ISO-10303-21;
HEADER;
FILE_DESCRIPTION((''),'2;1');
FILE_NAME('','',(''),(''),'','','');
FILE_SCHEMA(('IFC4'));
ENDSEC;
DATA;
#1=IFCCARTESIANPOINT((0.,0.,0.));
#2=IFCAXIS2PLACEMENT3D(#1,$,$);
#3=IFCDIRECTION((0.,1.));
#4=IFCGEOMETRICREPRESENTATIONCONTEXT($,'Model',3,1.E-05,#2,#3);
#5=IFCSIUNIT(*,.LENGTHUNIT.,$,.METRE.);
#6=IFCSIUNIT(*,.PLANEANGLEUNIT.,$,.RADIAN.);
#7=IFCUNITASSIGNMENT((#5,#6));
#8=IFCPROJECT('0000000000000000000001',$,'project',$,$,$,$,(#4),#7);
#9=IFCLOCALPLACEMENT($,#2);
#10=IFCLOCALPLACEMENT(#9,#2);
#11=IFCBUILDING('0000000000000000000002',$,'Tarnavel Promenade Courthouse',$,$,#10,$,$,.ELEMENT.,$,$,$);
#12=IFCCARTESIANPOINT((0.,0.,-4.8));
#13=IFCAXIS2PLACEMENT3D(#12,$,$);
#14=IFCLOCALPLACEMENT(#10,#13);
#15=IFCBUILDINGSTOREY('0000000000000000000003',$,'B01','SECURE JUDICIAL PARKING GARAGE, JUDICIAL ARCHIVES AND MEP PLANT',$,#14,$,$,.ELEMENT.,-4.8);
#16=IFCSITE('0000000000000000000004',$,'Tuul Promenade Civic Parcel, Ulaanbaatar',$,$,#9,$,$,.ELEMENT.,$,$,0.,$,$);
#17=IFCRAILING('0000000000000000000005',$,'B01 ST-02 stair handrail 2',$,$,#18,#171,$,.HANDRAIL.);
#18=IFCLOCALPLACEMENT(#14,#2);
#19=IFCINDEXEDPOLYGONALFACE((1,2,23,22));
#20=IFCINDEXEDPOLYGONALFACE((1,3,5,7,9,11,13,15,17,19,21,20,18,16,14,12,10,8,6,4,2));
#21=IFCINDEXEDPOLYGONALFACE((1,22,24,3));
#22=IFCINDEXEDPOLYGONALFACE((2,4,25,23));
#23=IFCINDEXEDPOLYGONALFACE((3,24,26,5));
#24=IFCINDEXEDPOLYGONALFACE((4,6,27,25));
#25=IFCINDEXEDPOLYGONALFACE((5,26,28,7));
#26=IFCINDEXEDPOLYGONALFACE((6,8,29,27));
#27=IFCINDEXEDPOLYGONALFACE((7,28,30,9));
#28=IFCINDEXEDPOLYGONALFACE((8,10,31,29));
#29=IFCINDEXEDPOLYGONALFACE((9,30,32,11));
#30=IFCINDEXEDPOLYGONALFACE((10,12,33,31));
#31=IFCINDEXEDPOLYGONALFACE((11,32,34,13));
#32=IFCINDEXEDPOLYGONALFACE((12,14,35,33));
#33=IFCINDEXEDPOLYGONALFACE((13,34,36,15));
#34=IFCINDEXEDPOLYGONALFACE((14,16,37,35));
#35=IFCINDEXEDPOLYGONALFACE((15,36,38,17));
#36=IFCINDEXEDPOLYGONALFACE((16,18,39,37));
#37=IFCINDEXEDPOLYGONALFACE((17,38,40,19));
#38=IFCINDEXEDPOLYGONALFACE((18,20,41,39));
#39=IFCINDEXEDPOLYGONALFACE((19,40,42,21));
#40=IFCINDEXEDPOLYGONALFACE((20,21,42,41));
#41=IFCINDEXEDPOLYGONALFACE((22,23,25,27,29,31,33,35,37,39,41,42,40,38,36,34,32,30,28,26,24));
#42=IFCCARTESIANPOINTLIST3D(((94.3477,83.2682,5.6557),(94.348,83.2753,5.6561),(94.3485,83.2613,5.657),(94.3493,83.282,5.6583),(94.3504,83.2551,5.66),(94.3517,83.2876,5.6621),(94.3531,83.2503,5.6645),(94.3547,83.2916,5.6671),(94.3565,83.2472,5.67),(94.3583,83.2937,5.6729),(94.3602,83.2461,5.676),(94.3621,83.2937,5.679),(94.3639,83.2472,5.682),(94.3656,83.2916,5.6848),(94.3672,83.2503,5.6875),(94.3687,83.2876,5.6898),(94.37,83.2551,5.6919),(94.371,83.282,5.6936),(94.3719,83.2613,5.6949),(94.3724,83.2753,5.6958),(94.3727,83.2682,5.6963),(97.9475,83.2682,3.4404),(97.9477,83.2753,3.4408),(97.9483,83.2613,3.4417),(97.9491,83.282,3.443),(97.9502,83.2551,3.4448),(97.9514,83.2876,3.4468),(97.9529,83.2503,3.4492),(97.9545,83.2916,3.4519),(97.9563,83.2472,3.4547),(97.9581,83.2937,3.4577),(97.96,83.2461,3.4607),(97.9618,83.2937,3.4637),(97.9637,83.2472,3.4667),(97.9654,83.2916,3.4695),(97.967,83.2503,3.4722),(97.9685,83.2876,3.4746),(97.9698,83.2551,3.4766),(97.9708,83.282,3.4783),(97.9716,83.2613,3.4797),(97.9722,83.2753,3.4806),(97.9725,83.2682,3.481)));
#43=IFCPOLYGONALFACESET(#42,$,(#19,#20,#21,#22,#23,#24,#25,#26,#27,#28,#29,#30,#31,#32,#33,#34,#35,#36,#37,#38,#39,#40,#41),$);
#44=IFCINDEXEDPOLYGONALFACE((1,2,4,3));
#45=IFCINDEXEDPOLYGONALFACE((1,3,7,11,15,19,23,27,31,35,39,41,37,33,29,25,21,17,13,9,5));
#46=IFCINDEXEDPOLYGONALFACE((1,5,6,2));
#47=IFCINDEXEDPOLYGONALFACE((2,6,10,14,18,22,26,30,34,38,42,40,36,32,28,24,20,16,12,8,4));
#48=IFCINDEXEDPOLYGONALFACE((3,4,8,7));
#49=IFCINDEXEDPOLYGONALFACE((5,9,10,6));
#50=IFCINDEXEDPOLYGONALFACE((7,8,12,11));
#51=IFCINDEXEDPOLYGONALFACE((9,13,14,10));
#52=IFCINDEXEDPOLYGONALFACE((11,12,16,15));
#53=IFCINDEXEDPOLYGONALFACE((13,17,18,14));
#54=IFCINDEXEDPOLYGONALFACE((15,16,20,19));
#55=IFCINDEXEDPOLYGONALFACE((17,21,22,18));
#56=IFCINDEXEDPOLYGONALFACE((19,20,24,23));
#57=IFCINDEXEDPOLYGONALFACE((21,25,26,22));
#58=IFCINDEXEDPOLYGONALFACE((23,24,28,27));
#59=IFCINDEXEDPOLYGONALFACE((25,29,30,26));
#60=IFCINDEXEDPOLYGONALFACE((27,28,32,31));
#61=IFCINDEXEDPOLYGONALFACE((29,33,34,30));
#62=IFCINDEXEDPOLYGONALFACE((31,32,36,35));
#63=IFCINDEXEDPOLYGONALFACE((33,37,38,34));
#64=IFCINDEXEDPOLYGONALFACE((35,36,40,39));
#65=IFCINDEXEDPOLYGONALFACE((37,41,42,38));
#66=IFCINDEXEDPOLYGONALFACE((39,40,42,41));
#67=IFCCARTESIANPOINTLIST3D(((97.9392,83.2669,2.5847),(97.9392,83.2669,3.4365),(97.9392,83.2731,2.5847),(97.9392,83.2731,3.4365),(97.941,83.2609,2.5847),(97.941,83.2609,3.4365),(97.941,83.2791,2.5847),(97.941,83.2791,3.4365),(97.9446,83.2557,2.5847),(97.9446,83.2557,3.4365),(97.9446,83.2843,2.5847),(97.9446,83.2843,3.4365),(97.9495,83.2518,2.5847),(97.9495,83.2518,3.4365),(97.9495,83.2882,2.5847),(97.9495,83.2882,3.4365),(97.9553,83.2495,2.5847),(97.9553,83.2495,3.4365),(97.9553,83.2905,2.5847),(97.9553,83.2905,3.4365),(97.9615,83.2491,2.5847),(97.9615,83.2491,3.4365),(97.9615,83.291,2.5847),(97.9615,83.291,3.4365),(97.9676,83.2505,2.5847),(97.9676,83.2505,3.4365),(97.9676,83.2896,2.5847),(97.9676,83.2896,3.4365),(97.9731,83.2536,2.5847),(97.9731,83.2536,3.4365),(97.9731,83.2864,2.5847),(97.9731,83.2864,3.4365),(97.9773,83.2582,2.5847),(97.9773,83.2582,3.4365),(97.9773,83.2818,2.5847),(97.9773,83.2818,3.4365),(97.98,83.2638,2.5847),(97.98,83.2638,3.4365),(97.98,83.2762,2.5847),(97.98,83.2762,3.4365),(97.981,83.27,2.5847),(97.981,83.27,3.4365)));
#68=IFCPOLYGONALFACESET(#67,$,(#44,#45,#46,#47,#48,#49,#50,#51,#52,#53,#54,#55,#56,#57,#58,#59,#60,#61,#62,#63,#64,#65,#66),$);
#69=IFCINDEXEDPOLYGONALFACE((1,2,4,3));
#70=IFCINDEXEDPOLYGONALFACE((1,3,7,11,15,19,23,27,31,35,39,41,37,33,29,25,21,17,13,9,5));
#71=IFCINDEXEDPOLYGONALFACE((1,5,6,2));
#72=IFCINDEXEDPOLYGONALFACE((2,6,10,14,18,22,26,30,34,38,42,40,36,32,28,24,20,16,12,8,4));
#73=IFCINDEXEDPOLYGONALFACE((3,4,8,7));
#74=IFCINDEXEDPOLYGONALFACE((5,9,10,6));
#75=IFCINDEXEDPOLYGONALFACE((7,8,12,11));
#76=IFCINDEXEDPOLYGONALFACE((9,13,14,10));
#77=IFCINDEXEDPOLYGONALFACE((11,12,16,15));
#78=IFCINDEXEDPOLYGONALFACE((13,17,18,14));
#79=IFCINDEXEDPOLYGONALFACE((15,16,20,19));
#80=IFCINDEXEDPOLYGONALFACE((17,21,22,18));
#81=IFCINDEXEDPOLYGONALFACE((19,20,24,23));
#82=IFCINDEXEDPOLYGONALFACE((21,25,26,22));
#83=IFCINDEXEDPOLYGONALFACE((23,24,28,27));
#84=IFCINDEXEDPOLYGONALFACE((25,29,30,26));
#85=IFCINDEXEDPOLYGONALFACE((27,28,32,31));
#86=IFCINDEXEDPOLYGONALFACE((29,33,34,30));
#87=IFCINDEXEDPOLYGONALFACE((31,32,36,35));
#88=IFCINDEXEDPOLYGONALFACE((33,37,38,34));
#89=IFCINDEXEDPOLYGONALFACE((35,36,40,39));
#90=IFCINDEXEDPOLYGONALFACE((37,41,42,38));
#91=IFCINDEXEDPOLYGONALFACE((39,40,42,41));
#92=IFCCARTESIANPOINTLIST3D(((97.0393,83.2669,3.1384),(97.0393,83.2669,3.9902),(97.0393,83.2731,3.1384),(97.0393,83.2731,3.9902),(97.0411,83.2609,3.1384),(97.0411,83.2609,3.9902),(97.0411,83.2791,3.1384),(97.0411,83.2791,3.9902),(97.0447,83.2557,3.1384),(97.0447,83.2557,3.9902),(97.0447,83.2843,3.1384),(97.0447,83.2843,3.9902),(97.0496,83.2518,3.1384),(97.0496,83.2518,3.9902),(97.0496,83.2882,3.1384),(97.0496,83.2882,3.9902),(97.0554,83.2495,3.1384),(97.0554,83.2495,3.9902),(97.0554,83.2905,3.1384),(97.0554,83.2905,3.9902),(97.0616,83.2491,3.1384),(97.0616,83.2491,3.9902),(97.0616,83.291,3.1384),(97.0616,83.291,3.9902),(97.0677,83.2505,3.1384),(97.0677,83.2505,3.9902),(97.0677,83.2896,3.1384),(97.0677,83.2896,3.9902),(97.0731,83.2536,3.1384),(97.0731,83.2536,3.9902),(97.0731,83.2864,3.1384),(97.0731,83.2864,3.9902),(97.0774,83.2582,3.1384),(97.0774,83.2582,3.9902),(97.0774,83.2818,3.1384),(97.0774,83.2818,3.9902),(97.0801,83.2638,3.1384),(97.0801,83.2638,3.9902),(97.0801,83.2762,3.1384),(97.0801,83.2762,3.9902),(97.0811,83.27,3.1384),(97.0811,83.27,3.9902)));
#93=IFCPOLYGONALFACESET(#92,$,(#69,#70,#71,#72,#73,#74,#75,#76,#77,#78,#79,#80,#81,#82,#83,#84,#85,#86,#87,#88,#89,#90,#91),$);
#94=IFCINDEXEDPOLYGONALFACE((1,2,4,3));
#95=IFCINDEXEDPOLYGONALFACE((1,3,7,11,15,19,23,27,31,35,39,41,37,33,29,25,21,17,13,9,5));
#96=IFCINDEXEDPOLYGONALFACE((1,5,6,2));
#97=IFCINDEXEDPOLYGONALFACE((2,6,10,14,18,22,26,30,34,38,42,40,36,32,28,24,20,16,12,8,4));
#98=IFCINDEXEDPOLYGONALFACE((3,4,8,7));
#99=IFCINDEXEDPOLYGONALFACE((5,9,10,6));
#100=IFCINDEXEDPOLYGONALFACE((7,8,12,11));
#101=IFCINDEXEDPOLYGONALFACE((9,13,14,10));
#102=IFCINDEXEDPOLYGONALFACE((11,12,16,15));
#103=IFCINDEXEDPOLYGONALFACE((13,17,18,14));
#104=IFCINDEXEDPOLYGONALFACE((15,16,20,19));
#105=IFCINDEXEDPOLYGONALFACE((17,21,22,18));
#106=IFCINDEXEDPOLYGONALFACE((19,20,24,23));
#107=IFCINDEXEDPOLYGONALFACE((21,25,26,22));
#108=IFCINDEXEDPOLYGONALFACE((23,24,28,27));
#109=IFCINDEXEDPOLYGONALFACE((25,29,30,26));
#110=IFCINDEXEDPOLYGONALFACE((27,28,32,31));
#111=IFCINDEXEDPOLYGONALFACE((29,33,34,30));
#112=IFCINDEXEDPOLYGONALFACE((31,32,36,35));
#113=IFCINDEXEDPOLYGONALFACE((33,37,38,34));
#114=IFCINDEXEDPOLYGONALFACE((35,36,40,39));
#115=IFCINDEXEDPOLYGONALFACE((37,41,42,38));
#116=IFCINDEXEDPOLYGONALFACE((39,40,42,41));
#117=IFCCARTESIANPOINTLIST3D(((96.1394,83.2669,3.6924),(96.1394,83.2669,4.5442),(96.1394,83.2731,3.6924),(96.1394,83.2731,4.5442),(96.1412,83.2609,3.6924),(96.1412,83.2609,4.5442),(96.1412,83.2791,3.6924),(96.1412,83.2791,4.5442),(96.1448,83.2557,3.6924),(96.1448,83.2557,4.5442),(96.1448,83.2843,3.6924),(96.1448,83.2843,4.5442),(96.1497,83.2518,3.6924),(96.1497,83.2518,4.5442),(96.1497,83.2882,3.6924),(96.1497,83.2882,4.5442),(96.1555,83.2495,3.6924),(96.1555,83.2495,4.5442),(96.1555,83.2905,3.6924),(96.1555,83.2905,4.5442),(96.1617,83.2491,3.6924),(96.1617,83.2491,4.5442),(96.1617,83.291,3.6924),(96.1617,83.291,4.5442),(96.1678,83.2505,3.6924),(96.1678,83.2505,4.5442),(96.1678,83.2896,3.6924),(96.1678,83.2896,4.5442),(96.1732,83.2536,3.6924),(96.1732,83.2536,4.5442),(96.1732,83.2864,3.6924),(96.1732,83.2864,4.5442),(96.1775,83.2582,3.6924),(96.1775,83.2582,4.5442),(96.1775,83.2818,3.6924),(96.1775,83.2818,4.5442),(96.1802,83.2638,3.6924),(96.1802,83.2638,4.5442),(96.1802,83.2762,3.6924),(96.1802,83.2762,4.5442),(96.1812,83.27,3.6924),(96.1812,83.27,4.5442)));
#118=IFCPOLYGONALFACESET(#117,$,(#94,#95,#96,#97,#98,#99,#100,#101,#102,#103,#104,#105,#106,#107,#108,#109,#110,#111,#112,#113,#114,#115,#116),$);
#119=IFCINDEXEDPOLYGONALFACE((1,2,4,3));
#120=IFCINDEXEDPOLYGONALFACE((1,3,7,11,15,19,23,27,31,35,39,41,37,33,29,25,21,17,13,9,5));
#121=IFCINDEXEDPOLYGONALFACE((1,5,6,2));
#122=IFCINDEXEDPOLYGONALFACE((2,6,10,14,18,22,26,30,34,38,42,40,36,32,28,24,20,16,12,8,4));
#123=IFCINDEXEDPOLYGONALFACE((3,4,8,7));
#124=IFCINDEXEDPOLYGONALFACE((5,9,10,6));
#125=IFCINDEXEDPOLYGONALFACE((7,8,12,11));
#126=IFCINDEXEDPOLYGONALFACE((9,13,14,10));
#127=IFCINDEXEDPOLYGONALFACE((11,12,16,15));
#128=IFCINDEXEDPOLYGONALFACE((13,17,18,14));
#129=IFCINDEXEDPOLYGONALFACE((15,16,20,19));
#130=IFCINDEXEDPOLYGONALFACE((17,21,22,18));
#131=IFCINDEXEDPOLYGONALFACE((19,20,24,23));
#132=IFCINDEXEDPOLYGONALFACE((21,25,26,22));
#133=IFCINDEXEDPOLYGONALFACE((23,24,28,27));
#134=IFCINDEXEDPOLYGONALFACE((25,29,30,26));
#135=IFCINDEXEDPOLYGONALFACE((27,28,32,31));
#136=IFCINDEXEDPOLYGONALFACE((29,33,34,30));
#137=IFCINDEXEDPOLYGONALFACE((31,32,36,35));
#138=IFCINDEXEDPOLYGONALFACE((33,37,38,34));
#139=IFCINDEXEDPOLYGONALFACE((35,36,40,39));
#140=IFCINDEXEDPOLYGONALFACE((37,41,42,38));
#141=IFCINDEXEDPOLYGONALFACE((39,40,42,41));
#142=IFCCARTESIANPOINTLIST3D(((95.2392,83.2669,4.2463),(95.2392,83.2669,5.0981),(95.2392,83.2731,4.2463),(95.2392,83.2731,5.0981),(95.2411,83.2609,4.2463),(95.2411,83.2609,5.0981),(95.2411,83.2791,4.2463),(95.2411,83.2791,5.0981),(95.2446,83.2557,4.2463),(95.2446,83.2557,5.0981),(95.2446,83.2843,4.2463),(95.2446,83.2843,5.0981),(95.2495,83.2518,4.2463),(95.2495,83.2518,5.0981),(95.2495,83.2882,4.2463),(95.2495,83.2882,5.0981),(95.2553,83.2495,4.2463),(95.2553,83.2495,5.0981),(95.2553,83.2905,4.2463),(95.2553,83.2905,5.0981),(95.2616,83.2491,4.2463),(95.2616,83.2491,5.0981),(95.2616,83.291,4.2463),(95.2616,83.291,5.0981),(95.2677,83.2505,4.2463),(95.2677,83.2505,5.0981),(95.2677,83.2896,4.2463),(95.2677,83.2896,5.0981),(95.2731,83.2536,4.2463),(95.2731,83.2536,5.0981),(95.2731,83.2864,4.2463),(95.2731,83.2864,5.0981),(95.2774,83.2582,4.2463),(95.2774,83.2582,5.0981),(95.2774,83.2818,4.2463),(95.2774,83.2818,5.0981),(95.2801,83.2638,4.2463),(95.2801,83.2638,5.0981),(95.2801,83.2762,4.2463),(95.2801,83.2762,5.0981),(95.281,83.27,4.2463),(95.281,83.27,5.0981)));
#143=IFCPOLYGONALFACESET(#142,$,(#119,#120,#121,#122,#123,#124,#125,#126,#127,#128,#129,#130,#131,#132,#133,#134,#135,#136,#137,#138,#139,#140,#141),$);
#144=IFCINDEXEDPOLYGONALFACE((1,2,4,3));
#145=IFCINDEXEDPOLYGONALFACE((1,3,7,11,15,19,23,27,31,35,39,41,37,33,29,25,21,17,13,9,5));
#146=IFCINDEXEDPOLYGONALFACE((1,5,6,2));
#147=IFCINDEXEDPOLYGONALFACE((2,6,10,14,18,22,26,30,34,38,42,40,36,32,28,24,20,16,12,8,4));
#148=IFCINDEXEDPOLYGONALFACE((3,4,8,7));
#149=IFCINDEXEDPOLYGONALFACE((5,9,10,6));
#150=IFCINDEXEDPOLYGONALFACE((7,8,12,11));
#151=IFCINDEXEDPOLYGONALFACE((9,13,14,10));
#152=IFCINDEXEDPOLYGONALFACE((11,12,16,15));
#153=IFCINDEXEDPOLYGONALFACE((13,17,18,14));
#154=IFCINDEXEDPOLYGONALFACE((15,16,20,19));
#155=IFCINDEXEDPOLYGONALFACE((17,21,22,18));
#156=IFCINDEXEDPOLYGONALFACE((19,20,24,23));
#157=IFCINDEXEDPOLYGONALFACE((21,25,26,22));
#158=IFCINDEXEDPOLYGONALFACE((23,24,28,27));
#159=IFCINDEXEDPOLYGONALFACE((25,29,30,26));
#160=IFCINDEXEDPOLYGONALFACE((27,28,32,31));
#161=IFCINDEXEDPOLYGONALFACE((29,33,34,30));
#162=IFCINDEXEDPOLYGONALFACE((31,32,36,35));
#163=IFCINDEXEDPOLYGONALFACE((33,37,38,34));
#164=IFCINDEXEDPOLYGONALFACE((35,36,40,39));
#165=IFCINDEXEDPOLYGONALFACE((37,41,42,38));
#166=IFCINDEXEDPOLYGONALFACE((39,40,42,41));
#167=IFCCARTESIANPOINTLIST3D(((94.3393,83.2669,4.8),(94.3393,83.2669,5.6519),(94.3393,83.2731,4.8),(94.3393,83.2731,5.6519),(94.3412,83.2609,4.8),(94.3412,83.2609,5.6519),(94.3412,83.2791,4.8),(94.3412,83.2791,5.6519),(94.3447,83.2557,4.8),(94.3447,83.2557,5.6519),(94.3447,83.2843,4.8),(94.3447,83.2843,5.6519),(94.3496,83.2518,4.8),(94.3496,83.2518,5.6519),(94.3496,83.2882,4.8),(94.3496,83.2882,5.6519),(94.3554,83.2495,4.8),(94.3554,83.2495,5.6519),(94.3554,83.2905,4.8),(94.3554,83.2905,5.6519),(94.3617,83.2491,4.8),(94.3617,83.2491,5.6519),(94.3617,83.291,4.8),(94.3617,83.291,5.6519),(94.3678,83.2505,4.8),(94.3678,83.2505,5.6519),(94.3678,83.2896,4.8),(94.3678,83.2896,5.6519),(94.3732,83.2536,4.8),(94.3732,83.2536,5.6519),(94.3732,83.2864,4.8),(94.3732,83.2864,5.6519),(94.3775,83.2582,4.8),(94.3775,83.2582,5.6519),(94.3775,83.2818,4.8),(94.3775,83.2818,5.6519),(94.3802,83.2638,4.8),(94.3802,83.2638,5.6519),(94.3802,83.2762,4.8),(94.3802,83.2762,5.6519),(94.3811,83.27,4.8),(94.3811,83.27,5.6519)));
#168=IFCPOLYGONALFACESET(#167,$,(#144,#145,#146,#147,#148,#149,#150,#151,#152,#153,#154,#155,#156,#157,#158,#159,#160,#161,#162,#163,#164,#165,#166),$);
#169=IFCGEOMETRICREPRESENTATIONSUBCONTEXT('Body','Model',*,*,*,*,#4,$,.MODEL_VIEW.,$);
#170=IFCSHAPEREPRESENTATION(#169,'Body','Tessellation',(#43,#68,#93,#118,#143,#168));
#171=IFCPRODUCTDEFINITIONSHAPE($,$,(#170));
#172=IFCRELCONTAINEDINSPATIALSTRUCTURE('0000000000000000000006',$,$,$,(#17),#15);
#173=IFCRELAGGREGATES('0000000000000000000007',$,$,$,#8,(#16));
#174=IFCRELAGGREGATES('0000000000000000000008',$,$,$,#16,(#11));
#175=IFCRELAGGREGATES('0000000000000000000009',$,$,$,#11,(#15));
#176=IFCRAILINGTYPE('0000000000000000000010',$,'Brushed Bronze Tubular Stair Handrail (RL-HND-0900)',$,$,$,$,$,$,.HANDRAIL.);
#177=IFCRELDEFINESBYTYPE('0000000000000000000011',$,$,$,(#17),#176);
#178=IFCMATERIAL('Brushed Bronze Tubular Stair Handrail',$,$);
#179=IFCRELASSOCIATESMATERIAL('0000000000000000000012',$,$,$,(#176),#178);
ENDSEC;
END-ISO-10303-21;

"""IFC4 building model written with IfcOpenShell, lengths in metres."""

from ifc_helpers import new_model, si_unit, direction, frame, origin, origin_2d, place, context, subcontext, project, spatial, circle, extrude, material, type_object, element, save


model = new_model("IFC4")

# Units and contexts
model_context = context("Model", 3, precision=1e-05, world=origin(), true_north=direction((0.0, 1.0)))
body_context = subcontext(model_context, "Body", "Model", "MODEL_VIEW")
ifc_project = project(units=[si_unit("LENGTHUNIT", "METRE"), si_unit("PLANEANGLEUNIT", "RADIAN")], contexts=[model_context])

# Site, building, storey
site_placement = place(None, origin())
site = spatial("IfcSite", under=ifc_project, at=site_placement, Name="Tuul Promenade Civic Parcel, Ulaanbaatar", CompositionType="ELEMENT", RefElevation=0.0)
building_placement = place(site_placement, origin())
building = spatial("IfcBuilding", under=site, at=building_placement, Name="Tarnavel Promenade Courthouse", CompositionType="ELEMENT")
storey_placement = place(building_placement, frame((0.0, 0.0, -4.8)))
storey = spatial("IfcBuildingStorey", under=building, at=storey_placement, Name="B01", Description="SECURE JUDICIAL PARKING GARAGE, JUDICIAL ARCHIVES AND MEP PLANT", CompositionType="ELEMENT", Elevation=-4.8)

# Railing
ifc_material_1 = material(Name="Brushed Bronze Tubular Stair Handrail")
railing_type_1 = type_object("IfcRailingType", Name="Brushed Bronze Tubular Stair Handrail (RL-HND-0900)", PredefinedType="HANDRAIL", material=ifc_material_1)
railing_1_placement = place(storey_placement, frame((97.96, 83.27, 2.5847)))
element("IfcRailing", 1, at=railing_1_placement, inside=storey, type_object=railing_type_1, Name="B01 ST-02 stair handrail 2", PredefinedType="HANDRAIL", context=body_context, shape_type="SweptSolid", body=[
    extrude(circle(Radius=0.0239, at=origin_2d()), frame((0.0, 0.0, 0.876), z_axis=(-0.851654, 0.0, 0.524104), x_axis=(0.0, -1.0, 0.0)), (0.0, 0.0, 1.0), 4.2268),
    extrude(circle(Radius=0.021, at=origin_2d()), origin(), (0.0, 0.0, 1.0), 0.8518),
    extrude(circle(Radius=0.021, at=origin_2d()), frame((-0.8999, 0.0, 0.5537)), (0.0, 0.0, 1.0), 0.8518),
    extrude(circle(Radius=0.021, at=origin_2d()), frame((-1.7998, 0.0, 1.1077)), (0.0, 0.0, 1.0), 0.8518),
    extrude(circle(Radius=0.021, at=origin_2d()), frame((-2.7, 0.0, 1.6616)), (0.0, 0.0, 1.0), 0.8518),
    extrude(circle(Radius=0.021, at=origin_2d()), frame((-3.5999, 0.0, 2.2153)), (0.0, 0.0, 1.0), 0.8518),
])

save(model, "model.ifc")
